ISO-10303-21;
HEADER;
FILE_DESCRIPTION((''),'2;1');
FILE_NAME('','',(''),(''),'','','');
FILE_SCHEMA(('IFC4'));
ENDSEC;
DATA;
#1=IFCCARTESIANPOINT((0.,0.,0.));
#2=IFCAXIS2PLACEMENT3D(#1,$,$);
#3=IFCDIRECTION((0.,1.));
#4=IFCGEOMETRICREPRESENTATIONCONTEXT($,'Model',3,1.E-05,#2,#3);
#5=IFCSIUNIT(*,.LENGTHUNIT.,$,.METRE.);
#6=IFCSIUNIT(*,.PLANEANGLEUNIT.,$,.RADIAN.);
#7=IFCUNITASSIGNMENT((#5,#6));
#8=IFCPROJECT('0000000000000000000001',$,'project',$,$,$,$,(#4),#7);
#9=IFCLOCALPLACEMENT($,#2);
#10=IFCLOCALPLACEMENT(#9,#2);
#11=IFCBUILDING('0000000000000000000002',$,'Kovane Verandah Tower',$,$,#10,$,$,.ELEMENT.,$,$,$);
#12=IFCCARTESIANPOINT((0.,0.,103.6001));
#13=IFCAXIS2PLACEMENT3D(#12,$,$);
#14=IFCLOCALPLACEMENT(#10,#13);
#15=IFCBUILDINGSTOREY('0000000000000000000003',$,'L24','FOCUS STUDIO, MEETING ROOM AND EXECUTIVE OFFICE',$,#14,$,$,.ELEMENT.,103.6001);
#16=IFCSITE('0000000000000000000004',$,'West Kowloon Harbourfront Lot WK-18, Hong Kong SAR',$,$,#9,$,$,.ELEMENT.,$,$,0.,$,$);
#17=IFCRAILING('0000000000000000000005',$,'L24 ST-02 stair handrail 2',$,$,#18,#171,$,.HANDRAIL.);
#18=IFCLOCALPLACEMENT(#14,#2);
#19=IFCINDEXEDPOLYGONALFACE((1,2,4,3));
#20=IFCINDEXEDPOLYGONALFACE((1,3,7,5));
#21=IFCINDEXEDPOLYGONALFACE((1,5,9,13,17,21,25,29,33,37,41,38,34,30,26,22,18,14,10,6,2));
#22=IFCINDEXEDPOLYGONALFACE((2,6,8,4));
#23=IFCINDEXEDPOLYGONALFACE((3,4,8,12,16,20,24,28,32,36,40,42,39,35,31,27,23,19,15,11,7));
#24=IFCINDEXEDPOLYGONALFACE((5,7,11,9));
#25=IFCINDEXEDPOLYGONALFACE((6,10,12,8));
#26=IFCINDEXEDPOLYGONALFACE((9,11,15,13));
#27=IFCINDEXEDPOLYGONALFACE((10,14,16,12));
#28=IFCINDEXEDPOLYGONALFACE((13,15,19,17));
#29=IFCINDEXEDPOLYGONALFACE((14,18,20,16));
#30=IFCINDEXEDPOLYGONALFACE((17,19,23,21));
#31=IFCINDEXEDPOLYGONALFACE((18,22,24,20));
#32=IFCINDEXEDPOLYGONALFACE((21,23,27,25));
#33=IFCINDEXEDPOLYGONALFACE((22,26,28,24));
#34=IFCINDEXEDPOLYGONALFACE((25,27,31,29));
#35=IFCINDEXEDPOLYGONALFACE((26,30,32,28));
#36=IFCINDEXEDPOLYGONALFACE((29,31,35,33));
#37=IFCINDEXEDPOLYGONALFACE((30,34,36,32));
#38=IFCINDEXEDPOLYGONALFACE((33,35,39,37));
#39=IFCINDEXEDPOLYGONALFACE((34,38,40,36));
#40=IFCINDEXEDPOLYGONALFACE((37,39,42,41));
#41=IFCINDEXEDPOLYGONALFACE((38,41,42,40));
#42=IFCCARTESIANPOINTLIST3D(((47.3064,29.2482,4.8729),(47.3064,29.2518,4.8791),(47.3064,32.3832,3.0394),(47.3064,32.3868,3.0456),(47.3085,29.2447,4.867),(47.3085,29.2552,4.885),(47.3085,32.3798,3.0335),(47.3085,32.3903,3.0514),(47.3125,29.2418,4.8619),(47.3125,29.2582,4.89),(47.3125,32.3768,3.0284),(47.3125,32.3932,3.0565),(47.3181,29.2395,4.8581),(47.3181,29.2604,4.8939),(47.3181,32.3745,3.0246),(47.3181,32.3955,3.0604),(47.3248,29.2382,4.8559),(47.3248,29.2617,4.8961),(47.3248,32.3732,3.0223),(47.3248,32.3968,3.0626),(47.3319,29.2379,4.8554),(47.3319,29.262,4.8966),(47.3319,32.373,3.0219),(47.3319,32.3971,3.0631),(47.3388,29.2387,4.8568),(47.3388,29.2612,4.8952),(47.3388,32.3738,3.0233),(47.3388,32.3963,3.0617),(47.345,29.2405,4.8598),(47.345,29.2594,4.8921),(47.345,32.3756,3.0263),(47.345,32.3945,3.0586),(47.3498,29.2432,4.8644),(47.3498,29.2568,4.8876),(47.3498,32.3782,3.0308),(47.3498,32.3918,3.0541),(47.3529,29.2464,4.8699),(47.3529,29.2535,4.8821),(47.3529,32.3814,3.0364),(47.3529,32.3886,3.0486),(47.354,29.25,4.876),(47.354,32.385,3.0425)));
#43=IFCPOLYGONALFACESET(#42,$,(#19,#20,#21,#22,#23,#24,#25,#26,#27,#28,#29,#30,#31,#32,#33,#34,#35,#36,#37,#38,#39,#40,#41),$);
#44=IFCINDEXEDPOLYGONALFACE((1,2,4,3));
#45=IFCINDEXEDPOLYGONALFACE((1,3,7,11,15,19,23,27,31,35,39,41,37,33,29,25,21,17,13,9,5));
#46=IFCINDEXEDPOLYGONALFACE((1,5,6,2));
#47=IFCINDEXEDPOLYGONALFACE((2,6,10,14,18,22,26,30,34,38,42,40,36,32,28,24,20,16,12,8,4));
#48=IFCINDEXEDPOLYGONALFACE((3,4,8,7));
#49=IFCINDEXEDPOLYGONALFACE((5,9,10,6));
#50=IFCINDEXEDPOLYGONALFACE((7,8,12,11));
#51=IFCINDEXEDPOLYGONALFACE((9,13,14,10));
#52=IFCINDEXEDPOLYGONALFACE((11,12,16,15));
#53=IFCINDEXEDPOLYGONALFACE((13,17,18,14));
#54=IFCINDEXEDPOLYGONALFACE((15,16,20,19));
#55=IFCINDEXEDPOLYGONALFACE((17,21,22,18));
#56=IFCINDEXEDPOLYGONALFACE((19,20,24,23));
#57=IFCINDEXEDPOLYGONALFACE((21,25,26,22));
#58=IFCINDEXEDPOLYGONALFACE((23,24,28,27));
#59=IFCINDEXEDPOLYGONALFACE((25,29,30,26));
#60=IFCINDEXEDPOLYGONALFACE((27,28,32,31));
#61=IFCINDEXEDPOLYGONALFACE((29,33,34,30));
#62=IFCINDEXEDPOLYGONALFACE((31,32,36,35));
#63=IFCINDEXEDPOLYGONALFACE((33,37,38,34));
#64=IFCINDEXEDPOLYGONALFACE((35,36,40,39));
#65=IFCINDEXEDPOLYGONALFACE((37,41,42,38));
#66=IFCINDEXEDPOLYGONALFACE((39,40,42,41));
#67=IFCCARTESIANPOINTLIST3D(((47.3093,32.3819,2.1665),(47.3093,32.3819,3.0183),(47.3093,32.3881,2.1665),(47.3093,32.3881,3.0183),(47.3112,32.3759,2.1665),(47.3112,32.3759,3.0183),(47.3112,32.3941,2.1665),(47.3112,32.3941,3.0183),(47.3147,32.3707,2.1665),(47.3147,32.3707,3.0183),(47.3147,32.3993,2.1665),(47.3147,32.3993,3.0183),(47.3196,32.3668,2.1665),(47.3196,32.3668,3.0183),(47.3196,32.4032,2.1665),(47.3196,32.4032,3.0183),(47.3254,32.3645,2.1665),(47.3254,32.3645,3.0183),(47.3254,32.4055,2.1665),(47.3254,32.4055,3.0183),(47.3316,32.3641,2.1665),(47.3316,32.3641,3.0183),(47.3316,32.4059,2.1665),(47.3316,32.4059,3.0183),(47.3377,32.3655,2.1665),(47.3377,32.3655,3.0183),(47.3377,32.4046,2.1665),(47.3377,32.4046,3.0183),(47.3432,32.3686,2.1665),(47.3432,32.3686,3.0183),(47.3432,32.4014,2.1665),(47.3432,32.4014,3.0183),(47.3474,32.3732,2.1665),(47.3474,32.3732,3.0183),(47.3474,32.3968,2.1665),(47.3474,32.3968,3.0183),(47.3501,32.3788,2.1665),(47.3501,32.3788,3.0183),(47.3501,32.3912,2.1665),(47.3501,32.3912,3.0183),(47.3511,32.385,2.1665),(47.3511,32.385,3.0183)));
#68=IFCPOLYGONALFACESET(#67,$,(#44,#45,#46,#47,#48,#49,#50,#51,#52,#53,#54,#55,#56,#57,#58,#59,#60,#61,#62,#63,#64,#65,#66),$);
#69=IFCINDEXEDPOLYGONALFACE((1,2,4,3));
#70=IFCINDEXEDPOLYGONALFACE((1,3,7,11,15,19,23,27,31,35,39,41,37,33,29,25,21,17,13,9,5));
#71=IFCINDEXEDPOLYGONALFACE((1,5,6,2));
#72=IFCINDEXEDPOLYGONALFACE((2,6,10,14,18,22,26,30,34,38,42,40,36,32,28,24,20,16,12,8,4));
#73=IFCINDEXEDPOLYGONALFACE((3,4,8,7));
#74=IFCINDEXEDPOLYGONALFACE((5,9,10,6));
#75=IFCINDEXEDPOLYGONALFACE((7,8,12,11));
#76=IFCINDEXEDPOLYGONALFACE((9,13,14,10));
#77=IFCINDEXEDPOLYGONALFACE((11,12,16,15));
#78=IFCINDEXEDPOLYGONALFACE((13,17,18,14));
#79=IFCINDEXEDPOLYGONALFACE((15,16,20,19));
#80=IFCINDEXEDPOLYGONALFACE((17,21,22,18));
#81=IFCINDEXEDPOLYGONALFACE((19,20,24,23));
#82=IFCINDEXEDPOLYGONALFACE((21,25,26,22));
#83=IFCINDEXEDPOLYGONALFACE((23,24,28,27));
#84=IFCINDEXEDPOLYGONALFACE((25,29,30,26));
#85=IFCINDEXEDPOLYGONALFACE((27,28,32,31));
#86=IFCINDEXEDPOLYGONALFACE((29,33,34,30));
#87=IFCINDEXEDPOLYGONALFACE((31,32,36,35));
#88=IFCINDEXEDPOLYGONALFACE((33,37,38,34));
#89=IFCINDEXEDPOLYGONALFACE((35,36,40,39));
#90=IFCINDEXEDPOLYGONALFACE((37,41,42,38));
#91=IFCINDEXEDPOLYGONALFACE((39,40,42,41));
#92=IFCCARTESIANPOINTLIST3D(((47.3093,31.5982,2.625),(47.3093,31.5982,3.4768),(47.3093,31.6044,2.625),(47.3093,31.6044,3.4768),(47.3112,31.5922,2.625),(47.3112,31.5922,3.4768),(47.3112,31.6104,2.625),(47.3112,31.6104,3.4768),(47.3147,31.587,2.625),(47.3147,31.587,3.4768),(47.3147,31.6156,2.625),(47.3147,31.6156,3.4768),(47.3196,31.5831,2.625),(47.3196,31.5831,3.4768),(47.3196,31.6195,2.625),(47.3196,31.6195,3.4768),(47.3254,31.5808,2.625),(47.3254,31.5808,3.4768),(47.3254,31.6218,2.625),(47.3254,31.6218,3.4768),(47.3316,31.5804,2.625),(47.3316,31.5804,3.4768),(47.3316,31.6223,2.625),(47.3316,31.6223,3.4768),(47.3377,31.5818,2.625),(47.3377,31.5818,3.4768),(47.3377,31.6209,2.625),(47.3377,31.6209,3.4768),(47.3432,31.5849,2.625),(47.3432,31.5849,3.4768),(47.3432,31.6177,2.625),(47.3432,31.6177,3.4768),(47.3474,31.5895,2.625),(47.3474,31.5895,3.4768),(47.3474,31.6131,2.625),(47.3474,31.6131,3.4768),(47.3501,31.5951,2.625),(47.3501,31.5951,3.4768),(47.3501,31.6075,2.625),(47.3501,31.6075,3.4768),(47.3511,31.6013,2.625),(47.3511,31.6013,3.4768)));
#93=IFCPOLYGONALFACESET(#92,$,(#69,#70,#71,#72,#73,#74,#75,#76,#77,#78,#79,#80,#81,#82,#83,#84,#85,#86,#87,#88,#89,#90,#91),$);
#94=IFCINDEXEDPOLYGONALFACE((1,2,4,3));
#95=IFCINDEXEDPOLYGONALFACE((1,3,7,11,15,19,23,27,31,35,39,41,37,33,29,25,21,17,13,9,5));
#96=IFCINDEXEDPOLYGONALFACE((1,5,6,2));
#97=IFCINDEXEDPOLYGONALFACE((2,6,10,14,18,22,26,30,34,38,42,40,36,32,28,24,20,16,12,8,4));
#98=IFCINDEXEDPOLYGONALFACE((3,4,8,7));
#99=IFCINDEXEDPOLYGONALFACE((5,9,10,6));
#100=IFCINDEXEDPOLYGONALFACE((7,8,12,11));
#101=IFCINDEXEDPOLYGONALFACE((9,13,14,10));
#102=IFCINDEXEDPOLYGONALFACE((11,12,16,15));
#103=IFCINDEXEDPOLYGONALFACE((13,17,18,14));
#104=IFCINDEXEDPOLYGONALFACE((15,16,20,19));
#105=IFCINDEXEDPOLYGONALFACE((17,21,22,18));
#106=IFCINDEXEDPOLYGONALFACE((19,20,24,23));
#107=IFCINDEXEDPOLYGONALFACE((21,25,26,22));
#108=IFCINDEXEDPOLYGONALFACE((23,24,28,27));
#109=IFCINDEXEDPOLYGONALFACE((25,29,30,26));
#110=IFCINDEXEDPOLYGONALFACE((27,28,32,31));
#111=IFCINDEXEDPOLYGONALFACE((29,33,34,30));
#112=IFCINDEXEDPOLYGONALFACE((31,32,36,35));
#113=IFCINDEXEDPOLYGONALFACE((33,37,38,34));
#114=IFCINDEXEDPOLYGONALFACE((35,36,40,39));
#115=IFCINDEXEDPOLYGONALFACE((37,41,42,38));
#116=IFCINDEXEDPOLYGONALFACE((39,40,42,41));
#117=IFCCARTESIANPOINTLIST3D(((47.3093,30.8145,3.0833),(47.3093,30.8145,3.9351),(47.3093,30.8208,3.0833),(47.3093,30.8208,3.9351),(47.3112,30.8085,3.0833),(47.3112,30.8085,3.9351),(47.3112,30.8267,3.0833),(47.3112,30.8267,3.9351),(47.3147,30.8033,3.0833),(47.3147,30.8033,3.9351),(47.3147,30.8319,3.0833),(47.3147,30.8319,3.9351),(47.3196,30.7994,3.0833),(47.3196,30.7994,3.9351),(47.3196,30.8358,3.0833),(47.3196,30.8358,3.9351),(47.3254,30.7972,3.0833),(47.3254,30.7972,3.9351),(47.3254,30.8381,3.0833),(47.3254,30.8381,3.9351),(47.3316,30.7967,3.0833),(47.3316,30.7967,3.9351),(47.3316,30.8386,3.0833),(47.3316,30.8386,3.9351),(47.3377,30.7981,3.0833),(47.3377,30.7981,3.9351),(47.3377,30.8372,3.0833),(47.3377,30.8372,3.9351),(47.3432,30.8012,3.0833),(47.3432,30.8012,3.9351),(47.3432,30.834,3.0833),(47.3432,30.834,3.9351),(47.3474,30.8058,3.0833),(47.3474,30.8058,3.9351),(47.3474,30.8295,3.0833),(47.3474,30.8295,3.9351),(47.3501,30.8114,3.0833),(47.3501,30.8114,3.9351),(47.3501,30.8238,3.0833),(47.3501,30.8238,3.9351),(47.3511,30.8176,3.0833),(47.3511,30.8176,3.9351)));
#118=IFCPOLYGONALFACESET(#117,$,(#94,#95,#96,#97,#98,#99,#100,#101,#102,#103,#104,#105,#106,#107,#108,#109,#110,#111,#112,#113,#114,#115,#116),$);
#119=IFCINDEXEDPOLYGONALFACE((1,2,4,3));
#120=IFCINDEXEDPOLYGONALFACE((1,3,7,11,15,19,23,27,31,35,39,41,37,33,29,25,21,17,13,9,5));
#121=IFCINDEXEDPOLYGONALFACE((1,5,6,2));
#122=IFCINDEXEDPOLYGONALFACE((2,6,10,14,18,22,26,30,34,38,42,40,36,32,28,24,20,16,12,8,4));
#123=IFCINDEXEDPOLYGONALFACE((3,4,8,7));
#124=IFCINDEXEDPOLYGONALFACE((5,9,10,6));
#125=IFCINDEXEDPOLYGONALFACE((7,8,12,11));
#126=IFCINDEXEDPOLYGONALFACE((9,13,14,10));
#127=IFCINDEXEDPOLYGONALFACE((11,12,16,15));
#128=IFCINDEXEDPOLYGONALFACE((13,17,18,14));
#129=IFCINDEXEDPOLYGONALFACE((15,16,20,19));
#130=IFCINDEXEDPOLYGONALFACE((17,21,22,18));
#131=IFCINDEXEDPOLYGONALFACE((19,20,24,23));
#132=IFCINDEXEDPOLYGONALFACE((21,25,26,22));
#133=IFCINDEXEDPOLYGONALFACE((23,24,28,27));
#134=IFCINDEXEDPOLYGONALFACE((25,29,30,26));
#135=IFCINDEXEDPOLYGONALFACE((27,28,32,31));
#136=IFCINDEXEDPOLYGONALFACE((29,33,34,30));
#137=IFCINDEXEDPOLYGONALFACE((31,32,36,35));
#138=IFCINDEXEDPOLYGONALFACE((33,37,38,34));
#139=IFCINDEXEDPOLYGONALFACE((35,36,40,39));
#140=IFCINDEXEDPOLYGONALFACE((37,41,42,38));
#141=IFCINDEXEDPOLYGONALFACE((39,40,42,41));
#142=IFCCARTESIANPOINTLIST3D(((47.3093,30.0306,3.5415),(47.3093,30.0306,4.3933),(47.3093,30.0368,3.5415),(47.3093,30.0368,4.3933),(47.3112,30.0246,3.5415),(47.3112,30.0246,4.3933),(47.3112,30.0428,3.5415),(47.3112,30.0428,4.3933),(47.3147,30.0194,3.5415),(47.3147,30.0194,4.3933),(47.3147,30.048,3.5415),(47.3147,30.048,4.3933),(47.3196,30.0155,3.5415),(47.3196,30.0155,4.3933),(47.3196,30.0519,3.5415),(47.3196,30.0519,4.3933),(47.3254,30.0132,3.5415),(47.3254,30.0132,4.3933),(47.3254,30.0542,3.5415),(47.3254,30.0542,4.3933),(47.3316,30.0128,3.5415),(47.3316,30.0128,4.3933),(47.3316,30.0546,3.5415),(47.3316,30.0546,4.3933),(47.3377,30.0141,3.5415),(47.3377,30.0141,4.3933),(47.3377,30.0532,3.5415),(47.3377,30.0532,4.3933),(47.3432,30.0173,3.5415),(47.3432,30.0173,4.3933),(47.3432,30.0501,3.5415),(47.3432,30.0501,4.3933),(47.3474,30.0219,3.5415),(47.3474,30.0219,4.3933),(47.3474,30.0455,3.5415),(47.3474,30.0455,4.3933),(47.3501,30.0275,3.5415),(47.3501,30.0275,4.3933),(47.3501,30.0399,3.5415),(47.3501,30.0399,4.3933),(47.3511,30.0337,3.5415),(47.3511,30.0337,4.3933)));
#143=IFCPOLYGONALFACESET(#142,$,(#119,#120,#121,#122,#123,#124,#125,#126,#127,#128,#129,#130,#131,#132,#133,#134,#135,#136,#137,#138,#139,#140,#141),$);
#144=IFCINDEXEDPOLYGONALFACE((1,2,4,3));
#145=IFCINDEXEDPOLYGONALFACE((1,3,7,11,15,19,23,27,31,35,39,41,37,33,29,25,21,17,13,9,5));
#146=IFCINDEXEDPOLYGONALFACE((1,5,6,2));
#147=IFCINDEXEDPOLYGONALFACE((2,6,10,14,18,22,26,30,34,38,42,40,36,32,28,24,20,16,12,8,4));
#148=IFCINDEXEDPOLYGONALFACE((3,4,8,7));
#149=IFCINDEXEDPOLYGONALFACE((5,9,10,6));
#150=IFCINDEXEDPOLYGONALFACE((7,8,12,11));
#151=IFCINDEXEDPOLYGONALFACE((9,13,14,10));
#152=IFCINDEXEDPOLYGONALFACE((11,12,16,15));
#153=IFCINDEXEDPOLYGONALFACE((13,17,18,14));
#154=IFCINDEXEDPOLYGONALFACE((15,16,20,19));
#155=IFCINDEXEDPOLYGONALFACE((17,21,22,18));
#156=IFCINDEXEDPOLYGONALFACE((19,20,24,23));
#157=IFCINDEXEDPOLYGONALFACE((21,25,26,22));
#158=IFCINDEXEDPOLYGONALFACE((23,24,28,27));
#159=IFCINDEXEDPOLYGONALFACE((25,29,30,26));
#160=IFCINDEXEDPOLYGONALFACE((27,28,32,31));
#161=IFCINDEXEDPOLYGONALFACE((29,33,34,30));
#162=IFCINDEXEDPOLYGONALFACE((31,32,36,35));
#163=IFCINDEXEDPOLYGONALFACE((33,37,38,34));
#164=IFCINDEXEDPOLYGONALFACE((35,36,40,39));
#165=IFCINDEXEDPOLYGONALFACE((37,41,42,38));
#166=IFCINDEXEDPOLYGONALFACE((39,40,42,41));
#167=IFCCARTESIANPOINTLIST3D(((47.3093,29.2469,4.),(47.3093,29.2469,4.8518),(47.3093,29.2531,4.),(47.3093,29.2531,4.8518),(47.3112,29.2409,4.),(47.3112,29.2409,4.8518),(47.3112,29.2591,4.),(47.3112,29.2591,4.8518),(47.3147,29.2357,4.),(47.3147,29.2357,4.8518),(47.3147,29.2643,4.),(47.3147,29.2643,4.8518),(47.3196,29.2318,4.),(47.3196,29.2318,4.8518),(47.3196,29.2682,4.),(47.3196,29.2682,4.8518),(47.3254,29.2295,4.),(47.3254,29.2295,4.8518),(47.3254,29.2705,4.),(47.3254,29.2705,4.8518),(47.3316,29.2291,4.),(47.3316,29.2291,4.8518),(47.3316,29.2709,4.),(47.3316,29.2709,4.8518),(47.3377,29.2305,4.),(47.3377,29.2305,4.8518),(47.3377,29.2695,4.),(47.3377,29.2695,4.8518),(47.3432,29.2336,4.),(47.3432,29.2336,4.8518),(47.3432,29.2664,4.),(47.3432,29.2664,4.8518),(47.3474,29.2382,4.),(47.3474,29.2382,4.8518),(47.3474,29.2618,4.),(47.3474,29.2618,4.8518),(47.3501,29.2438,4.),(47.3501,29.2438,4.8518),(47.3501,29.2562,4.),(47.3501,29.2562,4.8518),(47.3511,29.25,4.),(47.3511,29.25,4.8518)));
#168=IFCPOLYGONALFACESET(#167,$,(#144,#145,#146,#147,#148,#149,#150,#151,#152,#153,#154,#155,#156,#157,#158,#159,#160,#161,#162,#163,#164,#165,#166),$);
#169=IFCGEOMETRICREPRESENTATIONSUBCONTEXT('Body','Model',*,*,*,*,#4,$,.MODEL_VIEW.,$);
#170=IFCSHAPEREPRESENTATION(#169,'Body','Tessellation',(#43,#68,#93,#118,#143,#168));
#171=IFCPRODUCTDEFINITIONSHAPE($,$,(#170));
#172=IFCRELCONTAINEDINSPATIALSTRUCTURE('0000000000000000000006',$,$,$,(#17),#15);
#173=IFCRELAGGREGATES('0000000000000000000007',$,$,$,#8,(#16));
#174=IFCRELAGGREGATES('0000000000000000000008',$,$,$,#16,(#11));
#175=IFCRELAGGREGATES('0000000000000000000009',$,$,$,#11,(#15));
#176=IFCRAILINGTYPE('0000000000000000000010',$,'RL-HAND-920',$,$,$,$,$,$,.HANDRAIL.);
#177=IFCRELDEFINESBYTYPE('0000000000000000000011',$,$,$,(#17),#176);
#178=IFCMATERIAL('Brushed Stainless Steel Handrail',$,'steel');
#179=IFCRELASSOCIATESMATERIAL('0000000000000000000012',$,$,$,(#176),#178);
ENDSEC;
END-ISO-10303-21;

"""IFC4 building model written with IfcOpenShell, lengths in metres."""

from ifc_helpers import new_model, si_unit, direction, frame, origin, origin_2d, place, context, subcontext, project, spatial, circle, extrude, material, type_object, element, save


model = new_model("IFC4")

# Units and contexts
model_context = context("Model", 3, precision=1e-05, world=origin(), true_north=direction((0.0, 1.0)))
body_context = subcontext(model_context, "Body", "Model", "MODEL_VIEW")
ifc_project = project(units=[si_unit("LENGTHUNIT", "METRE"), si_unit("PLANEANGLEUNIT", "RADIAN")], contexts=[model_context])

# Site, building, storey
site_placement = place(None, origin())
site = spatial("IfcSite", under=ifc_project, at=site_placement, Name="West Kowloon Harbourfront Lot WK-18, Hong Kong SAR", CompositionType="ELEMENT", RefElevation=0.0)
building_placement = place(site_placement, origin())
building = spatial("IfcBuilding", under=site, at=building_placement, Name="Kovane Verandah Tower", CompositionType="ELEMENT")
storey_placement = place(building_placement, frame((0.0, 0.0, 103.6001)))
storey = spatial("IfcBuildingStorey", under=building, at=storey_placement, Name="L24", Description="FOCUS STUDIO, MEETING ROOM AND EXECUTIVE OFFICE", CompositionType="ELEMENT", Elevation=103.6001)

# Railing
ifc_material_1 = material(Name="Brushed Stainless Steel Handrail", Category="steel")
railing_type_1 = type_object("IfcRailingType", Name="RL-HAND-920", PredefinedType="HANDRAIL", material=ifc_material_1)
for number, where, name in (
    (1, (47.3301, 32.385, 2.1665), "L24 ST-02 stair handrail 2"),
):
    element("IfcRailing", number, at=place(storey_placement, frame(where)), inside=storey, type_object=railing_type_1, Name=name, PredefinedType="HANDRAIL", context=body_context, shape_type="SweptSolid", body=[
        extrude(circle(Radius=0.0239, at=origin_2d()), frame((0.0, 0.0, 0.876), z_axis=(0.0, -0.86321, 0.504845), x_axis=(1.0, 0.0, 0.0)), (0.0, 0.0, 1.0), 3.6318),
        extrude(circle(Radius=0.021, at=origin_2d()), origin(), (0.0, 0.0, 1.0), 0.8518),
        extrude(circle(Radius=0.021, at=origin_2d()), frame((0.0, -0.7837, 0.4585)), (0.0, 0.0, 1.0), 0.8518),
        extrude(circle(Radius=0.021, at=origin_2d()), frame((0.0, -1.5674, 0.9167)), (0.0, 0.0, 1.0), 0.8518),
        extrude(circle(Radius=0.021, at=origin_2d()), frame((0.0, -2.3513, 1.375)), (0.0, 0.0, 1.0), 0.8518),
        extrude(circle(Radius=0.021, at=origin_2d()), frame((0.0, -3.135, 1.8335)), (0.0, 0.0, 1.0), 0.8518),
    ])

save(model, "model.ifc")
